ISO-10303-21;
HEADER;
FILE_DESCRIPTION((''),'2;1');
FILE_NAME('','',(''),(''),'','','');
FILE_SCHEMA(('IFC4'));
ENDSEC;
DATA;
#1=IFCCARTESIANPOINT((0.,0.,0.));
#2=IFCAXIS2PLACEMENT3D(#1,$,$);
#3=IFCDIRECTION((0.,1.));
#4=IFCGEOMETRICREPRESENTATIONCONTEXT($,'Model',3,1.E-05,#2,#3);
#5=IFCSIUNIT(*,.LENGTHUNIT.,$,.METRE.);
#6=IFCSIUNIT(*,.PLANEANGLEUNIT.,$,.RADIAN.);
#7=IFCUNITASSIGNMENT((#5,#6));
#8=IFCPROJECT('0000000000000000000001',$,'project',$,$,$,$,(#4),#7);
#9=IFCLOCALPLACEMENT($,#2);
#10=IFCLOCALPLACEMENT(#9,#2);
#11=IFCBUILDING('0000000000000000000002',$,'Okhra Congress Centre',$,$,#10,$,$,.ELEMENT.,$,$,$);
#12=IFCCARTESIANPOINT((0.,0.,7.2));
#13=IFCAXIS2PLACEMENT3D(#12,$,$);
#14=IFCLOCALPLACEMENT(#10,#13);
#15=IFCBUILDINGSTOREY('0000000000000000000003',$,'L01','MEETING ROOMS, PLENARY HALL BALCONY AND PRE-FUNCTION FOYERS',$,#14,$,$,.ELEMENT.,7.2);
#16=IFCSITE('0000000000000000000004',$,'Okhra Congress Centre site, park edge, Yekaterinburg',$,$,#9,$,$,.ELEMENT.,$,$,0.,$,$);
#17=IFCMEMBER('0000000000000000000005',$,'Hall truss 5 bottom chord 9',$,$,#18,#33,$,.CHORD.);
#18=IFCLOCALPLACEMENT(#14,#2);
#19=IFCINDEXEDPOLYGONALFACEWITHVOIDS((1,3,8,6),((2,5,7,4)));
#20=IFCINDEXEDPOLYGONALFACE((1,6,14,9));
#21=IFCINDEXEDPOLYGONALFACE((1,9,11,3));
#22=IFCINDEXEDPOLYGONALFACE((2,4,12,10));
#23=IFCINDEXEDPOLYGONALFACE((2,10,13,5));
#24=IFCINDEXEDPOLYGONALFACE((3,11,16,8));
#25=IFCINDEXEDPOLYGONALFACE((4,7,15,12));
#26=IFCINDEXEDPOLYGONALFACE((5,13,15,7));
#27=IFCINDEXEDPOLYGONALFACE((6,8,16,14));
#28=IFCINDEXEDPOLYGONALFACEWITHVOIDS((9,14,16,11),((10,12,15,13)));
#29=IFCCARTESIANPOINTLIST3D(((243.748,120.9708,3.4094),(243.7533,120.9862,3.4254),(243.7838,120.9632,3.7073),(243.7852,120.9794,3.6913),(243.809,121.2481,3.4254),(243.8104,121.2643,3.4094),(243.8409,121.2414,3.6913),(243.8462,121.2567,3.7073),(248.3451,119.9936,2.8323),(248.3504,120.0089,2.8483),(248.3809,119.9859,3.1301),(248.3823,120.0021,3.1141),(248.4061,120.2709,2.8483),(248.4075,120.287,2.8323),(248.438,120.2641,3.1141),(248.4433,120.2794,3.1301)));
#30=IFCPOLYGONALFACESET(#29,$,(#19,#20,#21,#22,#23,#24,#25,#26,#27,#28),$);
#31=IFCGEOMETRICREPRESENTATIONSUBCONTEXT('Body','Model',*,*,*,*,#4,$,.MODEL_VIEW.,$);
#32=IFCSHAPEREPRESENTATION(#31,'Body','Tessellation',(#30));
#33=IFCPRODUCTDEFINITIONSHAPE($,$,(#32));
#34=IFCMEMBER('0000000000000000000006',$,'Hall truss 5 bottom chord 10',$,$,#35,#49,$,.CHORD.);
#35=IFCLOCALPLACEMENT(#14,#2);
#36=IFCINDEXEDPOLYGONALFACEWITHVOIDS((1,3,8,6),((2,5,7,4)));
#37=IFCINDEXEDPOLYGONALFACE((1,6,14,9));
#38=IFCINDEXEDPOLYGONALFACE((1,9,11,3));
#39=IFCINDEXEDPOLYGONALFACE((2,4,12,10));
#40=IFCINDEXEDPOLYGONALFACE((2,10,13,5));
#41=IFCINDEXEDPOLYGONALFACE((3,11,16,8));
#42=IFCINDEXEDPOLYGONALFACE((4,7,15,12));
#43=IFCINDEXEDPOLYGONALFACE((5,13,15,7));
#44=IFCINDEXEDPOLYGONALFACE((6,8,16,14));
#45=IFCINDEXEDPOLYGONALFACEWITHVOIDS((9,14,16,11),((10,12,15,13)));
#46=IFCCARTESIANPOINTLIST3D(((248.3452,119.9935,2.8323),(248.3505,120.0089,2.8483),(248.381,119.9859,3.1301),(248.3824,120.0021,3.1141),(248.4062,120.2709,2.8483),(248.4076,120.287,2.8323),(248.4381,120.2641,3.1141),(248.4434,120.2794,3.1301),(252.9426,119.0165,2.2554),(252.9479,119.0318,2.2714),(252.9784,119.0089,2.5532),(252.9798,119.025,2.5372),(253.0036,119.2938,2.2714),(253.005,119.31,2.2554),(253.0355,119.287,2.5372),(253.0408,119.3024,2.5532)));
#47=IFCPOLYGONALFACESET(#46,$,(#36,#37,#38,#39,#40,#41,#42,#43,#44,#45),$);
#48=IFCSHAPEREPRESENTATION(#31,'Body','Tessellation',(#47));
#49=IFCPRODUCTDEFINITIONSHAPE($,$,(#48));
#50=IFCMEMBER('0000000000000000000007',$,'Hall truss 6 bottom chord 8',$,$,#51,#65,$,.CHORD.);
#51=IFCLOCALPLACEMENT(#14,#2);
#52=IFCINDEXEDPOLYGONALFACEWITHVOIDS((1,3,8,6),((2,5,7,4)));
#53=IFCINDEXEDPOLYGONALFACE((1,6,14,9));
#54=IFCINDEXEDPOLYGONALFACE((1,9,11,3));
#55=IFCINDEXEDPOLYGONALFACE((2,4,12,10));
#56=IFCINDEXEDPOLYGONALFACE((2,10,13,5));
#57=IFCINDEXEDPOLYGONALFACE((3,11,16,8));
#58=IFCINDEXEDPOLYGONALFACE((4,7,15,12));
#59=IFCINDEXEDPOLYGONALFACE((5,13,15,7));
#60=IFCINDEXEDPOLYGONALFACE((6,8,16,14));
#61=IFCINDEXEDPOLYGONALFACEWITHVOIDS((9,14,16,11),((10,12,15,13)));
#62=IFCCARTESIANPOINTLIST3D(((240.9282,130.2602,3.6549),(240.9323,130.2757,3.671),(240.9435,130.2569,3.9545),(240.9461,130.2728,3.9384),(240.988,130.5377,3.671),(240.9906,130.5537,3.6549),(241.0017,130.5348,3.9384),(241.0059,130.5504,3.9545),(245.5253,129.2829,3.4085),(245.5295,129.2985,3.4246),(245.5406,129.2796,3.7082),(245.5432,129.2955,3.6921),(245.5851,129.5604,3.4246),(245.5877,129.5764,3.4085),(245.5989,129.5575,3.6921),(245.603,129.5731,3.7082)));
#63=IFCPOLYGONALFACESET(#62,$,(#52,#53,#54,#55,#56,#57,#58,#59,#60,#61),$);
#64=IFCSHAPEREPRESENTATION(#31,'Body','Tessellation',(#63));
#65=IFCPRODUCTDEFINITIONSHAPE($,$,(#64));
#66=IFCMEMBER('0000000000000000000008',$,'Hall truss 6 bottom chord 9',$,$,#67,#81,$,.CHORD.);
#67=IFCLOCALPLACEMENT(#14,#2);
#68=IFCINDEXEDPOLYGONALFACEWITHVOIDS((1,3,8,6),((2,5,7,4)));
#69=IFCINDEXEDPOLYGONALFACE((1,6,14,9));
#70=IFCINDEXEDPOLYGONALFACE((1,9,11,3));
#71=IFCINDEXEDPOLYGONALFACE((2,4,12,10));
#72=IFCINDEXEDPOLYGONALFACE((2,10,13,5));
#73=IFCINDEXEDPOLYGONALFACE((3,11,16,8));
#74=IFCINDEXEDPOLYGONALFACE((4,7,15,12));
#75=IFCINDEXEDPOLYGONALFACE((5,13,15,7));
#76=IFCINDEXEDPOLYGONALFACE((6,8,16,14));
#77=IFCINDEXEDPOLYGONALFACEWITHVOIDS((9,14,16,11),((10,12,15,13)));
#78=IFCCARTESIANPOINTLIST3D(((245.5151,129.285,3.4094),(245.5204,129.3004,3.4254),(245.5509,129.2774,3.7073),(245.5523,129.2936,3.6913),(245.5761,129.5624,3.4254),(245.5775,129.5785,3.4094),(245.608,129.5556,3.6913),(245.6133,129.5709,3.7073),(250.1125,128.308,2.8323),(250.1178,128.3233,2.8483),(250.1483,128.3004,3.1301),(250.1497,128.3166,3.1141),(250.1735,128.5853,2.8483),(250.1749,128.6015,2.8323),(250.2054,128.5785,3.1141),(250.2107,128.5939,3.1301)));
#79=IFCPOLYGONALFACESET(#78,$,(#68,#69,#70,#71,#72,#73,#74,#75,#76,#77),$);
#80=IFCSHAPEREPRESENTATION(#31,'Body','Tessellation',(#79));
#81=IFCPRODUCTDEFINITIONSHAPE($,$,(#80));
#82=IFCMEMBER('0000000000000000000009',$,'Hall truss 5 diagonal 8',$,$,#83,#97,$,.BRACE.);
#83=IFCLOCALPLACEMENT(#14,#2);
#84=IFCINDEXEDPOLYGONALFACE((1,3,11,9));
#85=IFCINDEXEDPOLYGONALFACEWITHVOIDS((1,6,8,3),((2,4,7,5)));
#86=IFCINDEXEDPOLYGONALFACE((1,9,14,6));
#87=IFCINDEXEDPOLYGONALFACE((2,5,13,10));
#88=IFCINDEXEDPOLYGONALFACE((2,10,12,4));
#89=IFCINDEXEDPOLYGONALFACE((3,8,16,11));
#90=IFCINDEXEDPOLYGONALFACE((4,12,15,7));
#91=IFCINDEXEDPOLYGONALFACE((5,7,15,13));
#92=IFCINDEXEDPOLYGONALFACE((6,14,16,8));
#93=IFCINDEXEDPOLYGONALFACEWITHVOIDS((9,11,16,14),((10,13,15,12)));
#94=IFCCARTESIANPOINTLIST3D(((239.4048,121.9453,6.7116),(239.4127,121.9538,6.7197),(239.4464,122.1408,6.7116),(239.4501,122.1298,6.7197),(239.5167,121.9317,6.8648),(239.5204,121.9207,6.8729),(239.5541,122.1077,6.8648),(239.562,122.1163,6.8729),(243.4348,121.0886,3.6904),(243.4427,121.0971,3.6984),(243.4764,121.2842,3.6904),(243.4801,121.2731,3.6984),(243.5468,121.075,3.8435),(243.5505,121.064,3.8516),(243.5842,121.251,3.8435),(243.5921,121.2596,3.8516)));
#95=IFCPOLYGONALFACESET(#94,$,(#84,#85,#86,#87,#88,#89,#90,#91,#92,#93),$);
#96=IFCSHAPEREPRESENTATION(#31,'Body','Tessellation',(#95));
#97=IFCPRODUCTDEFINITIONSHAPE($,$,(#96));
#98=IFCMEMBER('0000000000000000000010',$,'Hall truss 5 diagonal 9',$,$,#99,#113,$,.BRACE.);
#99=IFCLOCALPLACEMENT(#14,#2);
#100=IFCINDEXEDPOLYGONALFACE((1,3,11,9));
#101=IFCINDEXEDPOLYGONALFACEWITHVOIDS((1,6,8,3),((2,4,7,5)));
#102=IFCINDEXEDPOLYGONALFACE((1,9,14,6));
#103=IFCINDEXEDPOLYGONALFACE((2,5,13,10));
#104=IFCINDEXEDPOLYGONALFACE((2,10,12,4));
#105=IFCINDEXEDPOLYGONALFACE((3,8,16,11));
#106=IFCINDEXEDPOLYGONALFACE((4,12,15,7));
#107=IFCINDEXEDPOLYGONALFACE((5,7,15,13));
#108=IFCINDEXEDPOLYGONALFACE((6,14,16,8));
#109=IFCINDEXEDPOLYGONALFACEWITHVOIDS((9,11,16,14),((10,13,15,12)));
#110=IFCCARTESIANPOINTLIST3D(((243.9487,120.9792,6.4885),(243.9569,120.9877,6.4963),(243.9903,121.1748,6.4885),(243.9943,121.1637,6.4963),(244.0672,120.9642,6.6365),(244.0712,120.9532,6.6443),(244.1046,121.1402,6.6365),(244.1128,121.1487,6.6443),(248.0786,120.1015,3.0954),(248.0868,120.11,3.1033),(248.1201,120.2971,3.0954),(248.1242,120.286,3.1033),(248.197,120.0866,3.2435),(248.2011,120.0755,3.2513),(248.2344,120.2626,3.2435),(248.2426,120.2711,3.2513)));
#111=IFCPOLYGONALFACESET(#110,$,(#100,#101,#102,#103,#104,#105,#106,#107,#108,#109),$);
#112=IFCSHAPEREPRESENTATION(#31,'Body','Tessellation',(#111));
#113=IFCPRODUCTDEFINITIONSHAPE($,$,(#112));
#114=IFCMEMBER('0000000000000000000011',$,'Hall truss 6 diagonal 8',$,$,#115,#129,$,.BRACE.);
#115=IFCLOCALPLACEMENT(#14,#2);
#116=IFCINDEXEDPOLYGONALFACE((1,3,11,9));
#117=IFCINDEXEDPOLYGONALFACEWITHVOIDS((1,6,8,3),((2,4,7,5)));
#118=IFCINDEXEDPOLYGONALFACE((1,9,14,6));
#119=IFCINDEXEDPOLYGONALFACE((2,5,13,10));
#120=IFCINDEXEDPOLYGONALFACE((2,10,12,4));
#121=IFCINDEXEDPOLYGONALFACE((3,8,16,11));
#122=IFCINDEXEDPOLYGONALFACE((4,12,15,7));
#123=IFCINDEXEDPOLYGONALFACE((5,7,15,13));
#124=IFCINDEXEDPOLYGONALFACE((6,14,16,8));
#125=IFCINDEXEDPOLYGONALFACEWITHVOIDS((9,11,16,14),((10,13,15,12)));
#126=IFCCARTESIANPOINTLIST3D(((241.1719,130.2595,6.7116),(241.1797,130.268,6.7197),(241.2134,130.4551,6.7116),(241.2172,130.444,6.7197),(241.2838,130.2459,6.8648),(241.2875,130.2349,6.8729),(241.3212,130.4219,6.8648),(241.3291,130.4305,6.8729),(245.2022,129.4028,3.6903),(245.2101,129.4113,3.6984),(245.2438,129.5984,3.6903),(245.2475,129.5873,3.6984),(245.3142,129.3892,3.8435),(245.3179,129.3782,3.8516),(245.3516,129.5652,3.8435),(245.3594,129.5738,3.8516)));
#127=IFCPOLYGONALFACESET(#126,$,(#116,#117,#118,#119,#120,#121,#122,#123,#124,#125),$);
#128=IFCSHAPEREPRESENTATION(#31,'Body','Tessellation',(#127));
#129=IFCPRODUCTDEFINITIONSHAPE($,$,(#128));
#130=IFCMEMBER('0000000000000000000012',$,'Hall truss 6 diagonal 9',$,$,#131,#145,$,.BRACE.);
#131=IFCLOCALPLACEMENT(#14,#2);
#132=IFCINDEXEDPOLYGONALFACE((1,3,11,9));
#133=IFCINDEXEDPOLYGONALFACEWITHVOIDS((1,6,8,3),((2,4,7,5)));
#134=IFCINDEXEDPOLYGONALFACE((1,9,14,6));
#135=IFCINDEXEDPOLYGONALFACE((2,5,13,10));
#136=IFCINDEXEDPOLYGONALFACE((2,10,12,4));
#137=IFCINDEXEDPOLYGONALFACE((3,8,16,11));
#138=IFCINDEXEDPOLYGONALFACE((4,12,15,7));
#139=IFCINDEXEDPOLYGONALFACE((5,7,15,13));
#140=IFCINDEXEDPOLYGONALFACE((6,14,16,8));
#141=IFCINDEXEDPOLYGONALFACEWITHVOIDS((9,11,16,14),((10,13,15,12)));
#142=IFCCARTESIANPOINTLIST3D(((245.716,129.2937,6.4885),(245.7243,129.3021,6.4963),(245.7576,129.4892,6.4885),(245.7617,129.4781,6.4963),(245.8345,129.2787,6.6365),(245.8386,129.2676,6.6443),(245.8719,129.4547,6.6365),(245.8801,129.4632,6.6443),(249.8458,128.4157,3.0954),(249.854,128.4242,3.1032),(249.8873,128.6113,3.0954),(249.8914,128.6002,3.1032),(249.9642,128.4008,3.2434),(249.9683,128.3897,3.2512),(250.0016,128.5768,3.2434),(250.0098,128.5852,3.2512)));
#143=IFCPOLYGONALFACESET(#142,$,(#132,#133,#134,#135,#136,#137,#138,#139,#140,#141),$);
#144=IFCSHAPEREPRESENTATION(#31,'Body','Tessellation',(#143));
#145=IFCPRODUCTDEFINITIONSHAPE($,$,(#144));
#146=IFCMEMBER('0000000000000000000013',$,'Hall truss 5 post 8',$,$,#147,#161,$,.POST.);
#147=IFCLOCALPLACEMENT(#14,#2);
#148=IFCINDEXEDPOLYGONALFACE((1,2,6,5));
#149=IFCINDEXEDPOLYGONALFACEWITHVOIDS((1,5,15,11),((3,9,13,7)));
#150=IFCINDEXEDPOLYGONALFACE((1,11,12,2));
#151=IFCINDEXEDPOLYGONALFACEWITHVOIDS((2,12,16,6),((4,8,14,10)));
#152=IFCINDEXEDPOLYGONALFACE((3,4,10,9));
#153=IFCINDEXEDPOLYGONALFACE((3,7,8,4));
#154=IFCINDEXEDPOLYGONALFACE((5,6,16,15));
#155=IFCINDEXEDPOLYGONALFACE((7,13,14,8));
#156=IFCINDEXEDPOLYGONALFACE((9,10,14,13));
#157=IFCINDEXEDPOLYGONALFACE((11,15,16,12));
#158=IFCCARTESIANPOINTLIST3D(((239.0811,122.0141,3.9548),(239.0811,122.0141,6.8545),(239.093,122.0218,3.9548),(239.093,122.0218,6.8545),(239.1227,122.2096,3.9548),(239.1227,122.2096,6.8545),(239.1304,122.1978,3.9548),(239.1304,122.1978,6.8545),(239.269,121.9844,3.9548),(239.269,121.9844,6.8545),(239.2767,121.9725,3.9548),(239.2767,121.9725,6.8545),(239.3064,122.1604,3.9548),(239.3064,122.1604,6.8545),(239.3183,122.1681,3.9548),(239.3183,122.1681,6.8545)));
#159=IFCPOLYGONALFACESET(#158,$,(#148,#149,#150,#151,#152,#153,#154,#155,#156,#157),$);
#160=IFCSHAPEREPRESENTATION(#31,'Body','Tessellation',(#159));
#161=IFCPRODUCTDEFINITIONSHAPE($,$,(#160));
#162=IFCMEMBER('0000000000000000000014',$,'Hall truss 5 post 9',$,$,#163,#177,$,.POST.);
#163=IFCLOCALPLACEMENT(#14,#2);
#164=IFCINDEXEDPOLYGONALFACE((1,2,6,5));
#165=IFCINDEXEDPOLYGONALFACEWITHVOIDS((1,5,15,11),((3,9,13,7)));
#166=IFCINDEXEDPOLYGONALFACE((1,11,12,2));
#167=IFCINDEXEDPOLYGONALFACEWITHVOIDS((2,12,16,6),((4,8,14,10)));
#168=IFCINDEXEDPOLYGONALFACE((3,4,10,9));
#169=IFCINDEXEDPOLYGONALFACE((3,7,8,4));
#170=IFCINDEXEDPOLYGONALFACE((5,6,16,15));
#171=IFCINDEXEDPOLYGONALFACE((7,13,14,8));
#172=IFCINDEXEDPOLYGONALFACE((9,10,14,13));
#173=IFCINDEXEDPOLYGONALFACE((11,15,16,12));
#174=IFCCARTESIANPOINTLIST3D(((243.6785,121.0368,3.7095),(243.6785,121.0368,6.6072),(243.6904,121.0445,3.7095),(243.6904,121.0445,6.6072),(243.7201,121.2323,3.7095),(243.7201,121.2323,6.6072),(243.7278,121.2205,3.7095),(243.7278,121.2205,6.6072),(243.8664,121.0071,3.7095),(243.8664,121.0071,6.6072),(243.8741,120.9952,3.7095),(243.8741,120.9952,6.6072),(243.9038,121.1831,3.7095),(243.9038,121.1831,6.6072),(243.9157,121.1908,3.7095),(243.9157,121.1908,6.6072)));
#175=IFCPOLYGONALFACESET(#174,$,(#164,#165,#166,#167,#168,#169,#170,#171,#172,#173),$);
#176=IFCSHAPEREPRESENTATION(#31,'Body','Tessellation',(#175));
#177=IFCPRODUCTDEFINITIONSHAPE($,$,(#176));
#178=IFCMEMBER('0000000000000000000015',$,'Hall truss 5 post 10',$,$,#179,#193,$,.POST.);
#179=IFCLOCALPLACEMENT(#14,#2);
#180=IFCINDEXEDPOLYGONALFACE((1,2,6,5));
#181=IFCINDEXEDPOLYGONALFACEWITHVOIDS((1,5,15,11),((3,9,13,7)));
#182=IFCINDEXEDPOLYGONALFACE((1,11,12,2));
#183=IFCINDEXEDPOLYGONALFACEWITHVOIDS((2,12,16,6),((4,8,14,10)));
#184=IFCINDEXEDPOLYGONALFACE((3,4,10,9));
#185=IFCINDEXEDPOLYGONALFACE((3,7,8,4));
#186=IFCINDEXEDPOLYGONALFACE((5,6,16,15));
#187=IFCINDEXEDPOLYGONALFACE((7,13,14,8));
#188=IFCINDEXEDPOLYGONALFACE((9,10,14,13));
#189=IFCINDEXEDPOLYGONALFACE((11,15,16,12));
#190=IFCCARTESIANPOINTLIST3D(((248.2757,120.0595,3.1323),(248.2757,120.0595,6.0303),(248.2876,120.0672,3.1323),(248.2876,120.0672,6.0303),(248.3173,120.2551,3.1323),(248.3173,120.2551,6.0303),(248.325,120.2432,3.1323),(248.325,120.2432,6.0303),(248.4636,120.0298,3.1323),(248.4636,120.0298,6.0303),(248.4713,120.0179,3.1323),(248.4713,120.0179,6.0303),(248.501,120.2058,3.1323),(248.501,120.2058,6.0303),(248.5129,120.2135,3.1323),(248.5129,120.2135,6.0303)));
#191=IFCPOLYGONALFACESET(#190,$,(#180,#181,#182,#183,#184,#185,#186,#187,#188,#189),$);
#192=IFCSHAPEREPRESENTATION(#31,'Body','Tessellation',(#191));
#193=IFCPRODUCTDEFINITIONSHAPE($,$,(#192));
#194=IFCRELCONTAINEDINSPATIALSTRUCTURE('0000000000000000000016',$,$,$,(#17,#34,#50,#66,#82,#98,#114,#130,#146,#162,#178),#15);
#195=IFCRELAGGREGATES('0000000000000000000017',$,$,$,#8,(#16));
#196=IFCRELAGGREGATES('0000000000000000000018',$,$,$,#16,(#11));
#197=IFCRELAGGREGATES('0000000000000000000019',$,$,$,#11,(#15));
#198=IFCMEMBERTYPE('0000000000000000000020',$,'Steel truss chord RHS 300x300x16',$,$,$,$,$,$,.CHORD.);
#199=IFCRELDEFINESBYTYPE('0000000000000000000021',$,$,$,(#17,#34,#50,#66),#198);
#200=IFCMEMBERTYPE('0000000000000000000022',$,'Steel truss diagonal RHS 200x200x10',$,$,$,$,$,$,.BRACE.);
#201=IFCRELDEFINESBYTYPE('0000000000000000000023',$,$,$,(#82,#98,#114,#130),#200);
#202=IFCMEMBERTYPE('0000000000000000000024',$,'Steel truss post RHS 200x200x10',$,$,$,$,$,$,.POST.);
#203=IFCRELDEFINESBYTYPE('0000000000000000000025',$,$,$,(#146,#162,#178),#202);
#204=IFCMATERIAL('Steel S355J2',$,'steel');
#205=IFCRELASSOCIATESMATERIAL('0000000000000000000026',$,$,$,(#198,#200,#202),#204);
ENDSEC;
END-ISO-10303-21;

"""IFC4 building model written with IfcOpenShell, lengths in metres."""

from ifc_helpers import new_model, si_unit, direction, frame, origin, origin_2d, place, context, subcontext, project, spatial, hollow_rectangle, extrude, material, material_profile, profile_set, type_object, element, save


model = new_model("IFC4")

# Units and contexts
model_context = context("Model", 3, precision=1e-05, world=origin(), true_north=direction((0.0, 1.0)))
body_context = subcontext(model_context, "Body", "Model", "MODEL_VIEW")
ifc_project = project(units=[si_unit("LENGTHUNIT", "METRE"), si_unit("PLANEANGLEUNIT", "RADIAN")], contexts=[model_context])

# Site, building, storey
site_placement = place(None, origin())
site = spatial("IfcSite", under=ifc_project, at=site_placement, Name="Okhra Congress Centre site, park edge, Yekaterinburg", CompositionType="ELEMENT", RefElevation=0.0)
building_placement = place(site_placement, origin())
building = spatial("IfcBuilding", under=site, at=building_placement, Name="Okhra Congress Centre", CompositionType="ELEMENT")
storey_placement = place(building_placement, frame((0.0, 0.0, 7.2)))
storey = spatial("IfcBuildingStorey", under=building, at=storey_placement, Name="L01", Description="MEETING ROOMS, PLENARY HALL BALCONY AND PRE-FUNCTION FOYERS", CompositionType="ELEMENT", Elevation=7.2)

# Members
ifc_material = material(Name="Steel S355J2", Category="steel")
ifc_material_profile_1 = material_profile(ifc_material, hollow_rectangle(XDim=0.3, YDim=0.3, WallThickness=0.0161, at=origin_2d()), Name="RHS 300x300x16")
ifc_profile_set_1 = profile_set([ifc_material_profile_1], Name="Steel S355J2")
member_type_1 = type_object("IfcMemberType", Name="Steel truss chord RHS 300x300x16", PredefinedType="CHORD", material=ifc_profile_set_1)
member_1_placement = place(storey_placement, frame((243.7971, 121.1138, 3.5583), z_axis=(0.970849, -0.206389, -0.121885), x_axis=(0.20794, 0.978142, 0.0)))
element("IfcMember", 1, at=member_1_placement, inside=storey, type_object=member_type_1, Name="Hall truss 5 bottom chord 9", PredefinedType="CHORD", context=body_context, shape_type="SweptSolid", body=[
    extrude(hollow_rectangle(XDim=0.3, YDim=0.3, WallThickness=0.0161, at=origin_2d()), origin(), (0.0, 0.0, 1.0), 4.7351),
])
member_2_placement = place(storey_placement, frame((248.3943, 120.1365, 2.9812), z_axis=(0.970868, -0.206331, -0.121829), x_axis=(0.207879, 0.978154, 0.0)))
element("IfcMember", 2, at=member_2_placement, inside=storey, type_object=member_type_1, Name="Hall truss 5 bottom chord 10", PredefinedType="CHORD", context=body_context, shape_type="SweptSolid", body=[
    extrude(hollow_rectangle(XDim=0.3, YDim=0.3, WallThickness=0.0161, at=origin_2d()), origin(), (0.0, 0.0, 1.0), 4.7354),
])
member_3_placement = place(storey_placement, frame((240.967, 130.4053, 3.8047), z_axis=(0.976801, -0.207654, -0.052342), x_axis=(0.20794, 0.978142, 0.0)))
element("IfcMember", 3, at=member_3_placement, inside=storey, type_object=member_type_1, Name="Hall truss 6 bottom chord 8", PredefinedType="CHORD", context=body_context, shape_type="SweptSolid", body=[
    extrude(hollow_rectangle(XDim=0.3, YDim=0.3, WallThickness=0.0161, at=origin_2d()), origin(), (0.0, 0.0, 1.0), 4.7063),
])
member_4_placement = place(storey_placement, frame((245.5642, 129.428, 3.5583), z_axis=(0.970862, -0.206329, -0.12188), x_axis=(0.207879, 0.978154, 0.0)))
element("IfcMember", 4, at=member_4_placement, inside=storey, type_object=member_type_1, Name="Hall truss 6 bottom chord 9", PredefinedType="CHORD", context=body_context, shape_type="SweptSolid", body=[
    extrude(hollow_rectangle(XDim=0.3, YDim=0.3, WallThickness=0.0161, at=origin_2d()), origin(), (0.0, 0.0, 1.0), 4.7354),
])
ifc_material_profile_2 = material_profile(ifc_material, hollow_rectangle(XDim=0.2, YDim=0.2, WallThickness=0.01, at=origin_2d()), Name="RHS 200x200x10 diagonal")
ifc_profile_set_2 = profile_set([ifc_material_profile_2], Name="Steel S355J2")
member_type_2 = type_object("IfcMemberType", Name="Steel truss diagonal RHS 200x200x10", PredefinedType="BRACE", material=ifc_profile_set_2)
member_5_placement = place(storey_placement, frame((239.4834, 122.0308, 6.7922), z_axis=(0.788794, -0.167679, -0.591344), x_axis=(0.20793, 0.978144, 0.0)))
element("IfcMember", 5, at=member_5_placement, inside=storey, type_object=member_type_2, Name="Hall truss 5 diagonal 8", PredefinedType="BRACE", context=body_context, shape_type="SweptSolid", body=[
    extrude(hollow_rectangle(XDim=0.2, YDim=0.2, WallThickness=0.01, at=origin_2d()), origin(), (0.0, 0.0, 1.0), 5.1091),
])
member_6_placement = place(storey_placement, frame((244.0308, 121.064, 6.5664), z_axis=(0.762454, -0.162037, -0.626424), x_axis=(0.207878, 0.978155, 0.0)))
element("IfcMember", 6, at=member_6_placement, inside=storey, type_object=member_type_2, Name="Hall truss 5 diagonal 9", PredefinedType="BRACE", context=body_context, shape_type="SweptSolid", body=[
    extrude(hollow_rectangle(XDim=0.2, YDim=0.2, WallThickness=0.01, at=origin_2d()), origin(), (0.0, 0.0, 1.0), 5.4165),
])
member_7_placement = place(storey_placement, frame((241.2505, 130.345, 6.7922), z_axis=(0.788812, -0.167673, -0.591322), x_axis=(0.207918, 0.978146, 0.0)))
element("IfcMember", 7, at=member_7_placement, inside=storey, type_object=member_type_2, Name="Hall truss 6 diagonal 8", PredefinedType="BRACE", context=body_context, shape_type="SweptSolid", body=[
    extrude(hollow_rectangle(XDim=0.2, YDim=0.2, WallThickness=0.01, at=origin_2d()), origin(), (0.0, 0.0, 1.0), 5.1094),
])
member_8_placement = place(storey_placement, frame((245.7981, 129.3784, 6.5664), z_axis=(0.76243, -0.162087, -0.626441), x_axis=(0.207945, 0.97814, 0.0)))
element("IfcMember", 8, at=member_8_placement, inside=storey, type_object=member_type_2, Name="Hall truss 6 diagonal 9", PredefinedType="BRACE", context=body_context, shape_type="SweptSolid", body=[
    extrude(hollow_rectangle(XDim=0.2, YDim=0.2, WallThickness=0.01, at=origin_2d()), origin(), (0.0, 0.0, 1.0), 5.4165),
])
ifc_material_profile_3 = material_profile(ifc_material, hollow_rectangle(XDim=0.2, YDim=0.2, WallThickness=0.01, at=origin_2d()), Name="RHS 200x200x10")
ifc_profile_set_3 = profile_set([ifc_material_profile_3], Name="Steel S355J2")
member_type_3 = type_object("IfcMemberType", Name="Steel truss post RHS 200x200x10", PredefinedType="POST", material=ifc_profile_set_3)
member_9_placement = place(storey_placement, frame((239.1997, 122.0911, 3.9548), z_axis=(0.0, 0.0, 1.0), x_axis=(0.978148, -0.207912, 0.0)))
element("IfcMember", 9, at=member_9_placement, inside=storey, type_object=member_type_3, Name="Hall truss 5 post 8", PredefinedType="POST", context=body_context, shape_type="SweptSolid", body=[
    extrude(hollow_rectangle(XDim=0.2, YDim=0.2, WallThickness=0.01, at=origin_2d()), origin(), (0.0, 0.0, 1.0), 2.8997),
])
member_10_placement = place(storey_placement, frame((243.7971, 121.1138, 3.7095), z_axis=(0.0, 0.0, 1.0), x_axis=(0.978148, -0.207912, 0.0)))
element("IfcMember", 10, at=member_10_placement, inside=storey, type_object=member_type_3, Name="Hall truss 5 post 9", PredefinedType="POST", context=body_context, shape_type="SweptSolid", body=[
    extrude(hollow_rectangle(XDim=0.2, YDim=0.2, WallThickness=0.01, at=origin_2d()), origin(), (0.0, 0.0, 1.0), 2.8977),
])
member_11_placement = place(storey_placement, frame((248.3943, 120.1365, 3.1323), z_axis=(0.0, 0.0, 1.0), x_axis=(0.978148, -0.207912, 0.0)))
element("IfcMember", 11, at=member_11_placement, inside=storey, type_object=member_type_3, Name="Hall truss 5 post 10", PredefinedType="POST", context=body_context, shape_type="SweptSolid", body=[
    extrude(hollow_rectangle(XDim=0.2, YDim=0.2, WallThickness=0.01, at=origin_2d()), origin(), (0.0, 0.0, 1.0), 2.8979),
])

save(model, "model.ifc")
